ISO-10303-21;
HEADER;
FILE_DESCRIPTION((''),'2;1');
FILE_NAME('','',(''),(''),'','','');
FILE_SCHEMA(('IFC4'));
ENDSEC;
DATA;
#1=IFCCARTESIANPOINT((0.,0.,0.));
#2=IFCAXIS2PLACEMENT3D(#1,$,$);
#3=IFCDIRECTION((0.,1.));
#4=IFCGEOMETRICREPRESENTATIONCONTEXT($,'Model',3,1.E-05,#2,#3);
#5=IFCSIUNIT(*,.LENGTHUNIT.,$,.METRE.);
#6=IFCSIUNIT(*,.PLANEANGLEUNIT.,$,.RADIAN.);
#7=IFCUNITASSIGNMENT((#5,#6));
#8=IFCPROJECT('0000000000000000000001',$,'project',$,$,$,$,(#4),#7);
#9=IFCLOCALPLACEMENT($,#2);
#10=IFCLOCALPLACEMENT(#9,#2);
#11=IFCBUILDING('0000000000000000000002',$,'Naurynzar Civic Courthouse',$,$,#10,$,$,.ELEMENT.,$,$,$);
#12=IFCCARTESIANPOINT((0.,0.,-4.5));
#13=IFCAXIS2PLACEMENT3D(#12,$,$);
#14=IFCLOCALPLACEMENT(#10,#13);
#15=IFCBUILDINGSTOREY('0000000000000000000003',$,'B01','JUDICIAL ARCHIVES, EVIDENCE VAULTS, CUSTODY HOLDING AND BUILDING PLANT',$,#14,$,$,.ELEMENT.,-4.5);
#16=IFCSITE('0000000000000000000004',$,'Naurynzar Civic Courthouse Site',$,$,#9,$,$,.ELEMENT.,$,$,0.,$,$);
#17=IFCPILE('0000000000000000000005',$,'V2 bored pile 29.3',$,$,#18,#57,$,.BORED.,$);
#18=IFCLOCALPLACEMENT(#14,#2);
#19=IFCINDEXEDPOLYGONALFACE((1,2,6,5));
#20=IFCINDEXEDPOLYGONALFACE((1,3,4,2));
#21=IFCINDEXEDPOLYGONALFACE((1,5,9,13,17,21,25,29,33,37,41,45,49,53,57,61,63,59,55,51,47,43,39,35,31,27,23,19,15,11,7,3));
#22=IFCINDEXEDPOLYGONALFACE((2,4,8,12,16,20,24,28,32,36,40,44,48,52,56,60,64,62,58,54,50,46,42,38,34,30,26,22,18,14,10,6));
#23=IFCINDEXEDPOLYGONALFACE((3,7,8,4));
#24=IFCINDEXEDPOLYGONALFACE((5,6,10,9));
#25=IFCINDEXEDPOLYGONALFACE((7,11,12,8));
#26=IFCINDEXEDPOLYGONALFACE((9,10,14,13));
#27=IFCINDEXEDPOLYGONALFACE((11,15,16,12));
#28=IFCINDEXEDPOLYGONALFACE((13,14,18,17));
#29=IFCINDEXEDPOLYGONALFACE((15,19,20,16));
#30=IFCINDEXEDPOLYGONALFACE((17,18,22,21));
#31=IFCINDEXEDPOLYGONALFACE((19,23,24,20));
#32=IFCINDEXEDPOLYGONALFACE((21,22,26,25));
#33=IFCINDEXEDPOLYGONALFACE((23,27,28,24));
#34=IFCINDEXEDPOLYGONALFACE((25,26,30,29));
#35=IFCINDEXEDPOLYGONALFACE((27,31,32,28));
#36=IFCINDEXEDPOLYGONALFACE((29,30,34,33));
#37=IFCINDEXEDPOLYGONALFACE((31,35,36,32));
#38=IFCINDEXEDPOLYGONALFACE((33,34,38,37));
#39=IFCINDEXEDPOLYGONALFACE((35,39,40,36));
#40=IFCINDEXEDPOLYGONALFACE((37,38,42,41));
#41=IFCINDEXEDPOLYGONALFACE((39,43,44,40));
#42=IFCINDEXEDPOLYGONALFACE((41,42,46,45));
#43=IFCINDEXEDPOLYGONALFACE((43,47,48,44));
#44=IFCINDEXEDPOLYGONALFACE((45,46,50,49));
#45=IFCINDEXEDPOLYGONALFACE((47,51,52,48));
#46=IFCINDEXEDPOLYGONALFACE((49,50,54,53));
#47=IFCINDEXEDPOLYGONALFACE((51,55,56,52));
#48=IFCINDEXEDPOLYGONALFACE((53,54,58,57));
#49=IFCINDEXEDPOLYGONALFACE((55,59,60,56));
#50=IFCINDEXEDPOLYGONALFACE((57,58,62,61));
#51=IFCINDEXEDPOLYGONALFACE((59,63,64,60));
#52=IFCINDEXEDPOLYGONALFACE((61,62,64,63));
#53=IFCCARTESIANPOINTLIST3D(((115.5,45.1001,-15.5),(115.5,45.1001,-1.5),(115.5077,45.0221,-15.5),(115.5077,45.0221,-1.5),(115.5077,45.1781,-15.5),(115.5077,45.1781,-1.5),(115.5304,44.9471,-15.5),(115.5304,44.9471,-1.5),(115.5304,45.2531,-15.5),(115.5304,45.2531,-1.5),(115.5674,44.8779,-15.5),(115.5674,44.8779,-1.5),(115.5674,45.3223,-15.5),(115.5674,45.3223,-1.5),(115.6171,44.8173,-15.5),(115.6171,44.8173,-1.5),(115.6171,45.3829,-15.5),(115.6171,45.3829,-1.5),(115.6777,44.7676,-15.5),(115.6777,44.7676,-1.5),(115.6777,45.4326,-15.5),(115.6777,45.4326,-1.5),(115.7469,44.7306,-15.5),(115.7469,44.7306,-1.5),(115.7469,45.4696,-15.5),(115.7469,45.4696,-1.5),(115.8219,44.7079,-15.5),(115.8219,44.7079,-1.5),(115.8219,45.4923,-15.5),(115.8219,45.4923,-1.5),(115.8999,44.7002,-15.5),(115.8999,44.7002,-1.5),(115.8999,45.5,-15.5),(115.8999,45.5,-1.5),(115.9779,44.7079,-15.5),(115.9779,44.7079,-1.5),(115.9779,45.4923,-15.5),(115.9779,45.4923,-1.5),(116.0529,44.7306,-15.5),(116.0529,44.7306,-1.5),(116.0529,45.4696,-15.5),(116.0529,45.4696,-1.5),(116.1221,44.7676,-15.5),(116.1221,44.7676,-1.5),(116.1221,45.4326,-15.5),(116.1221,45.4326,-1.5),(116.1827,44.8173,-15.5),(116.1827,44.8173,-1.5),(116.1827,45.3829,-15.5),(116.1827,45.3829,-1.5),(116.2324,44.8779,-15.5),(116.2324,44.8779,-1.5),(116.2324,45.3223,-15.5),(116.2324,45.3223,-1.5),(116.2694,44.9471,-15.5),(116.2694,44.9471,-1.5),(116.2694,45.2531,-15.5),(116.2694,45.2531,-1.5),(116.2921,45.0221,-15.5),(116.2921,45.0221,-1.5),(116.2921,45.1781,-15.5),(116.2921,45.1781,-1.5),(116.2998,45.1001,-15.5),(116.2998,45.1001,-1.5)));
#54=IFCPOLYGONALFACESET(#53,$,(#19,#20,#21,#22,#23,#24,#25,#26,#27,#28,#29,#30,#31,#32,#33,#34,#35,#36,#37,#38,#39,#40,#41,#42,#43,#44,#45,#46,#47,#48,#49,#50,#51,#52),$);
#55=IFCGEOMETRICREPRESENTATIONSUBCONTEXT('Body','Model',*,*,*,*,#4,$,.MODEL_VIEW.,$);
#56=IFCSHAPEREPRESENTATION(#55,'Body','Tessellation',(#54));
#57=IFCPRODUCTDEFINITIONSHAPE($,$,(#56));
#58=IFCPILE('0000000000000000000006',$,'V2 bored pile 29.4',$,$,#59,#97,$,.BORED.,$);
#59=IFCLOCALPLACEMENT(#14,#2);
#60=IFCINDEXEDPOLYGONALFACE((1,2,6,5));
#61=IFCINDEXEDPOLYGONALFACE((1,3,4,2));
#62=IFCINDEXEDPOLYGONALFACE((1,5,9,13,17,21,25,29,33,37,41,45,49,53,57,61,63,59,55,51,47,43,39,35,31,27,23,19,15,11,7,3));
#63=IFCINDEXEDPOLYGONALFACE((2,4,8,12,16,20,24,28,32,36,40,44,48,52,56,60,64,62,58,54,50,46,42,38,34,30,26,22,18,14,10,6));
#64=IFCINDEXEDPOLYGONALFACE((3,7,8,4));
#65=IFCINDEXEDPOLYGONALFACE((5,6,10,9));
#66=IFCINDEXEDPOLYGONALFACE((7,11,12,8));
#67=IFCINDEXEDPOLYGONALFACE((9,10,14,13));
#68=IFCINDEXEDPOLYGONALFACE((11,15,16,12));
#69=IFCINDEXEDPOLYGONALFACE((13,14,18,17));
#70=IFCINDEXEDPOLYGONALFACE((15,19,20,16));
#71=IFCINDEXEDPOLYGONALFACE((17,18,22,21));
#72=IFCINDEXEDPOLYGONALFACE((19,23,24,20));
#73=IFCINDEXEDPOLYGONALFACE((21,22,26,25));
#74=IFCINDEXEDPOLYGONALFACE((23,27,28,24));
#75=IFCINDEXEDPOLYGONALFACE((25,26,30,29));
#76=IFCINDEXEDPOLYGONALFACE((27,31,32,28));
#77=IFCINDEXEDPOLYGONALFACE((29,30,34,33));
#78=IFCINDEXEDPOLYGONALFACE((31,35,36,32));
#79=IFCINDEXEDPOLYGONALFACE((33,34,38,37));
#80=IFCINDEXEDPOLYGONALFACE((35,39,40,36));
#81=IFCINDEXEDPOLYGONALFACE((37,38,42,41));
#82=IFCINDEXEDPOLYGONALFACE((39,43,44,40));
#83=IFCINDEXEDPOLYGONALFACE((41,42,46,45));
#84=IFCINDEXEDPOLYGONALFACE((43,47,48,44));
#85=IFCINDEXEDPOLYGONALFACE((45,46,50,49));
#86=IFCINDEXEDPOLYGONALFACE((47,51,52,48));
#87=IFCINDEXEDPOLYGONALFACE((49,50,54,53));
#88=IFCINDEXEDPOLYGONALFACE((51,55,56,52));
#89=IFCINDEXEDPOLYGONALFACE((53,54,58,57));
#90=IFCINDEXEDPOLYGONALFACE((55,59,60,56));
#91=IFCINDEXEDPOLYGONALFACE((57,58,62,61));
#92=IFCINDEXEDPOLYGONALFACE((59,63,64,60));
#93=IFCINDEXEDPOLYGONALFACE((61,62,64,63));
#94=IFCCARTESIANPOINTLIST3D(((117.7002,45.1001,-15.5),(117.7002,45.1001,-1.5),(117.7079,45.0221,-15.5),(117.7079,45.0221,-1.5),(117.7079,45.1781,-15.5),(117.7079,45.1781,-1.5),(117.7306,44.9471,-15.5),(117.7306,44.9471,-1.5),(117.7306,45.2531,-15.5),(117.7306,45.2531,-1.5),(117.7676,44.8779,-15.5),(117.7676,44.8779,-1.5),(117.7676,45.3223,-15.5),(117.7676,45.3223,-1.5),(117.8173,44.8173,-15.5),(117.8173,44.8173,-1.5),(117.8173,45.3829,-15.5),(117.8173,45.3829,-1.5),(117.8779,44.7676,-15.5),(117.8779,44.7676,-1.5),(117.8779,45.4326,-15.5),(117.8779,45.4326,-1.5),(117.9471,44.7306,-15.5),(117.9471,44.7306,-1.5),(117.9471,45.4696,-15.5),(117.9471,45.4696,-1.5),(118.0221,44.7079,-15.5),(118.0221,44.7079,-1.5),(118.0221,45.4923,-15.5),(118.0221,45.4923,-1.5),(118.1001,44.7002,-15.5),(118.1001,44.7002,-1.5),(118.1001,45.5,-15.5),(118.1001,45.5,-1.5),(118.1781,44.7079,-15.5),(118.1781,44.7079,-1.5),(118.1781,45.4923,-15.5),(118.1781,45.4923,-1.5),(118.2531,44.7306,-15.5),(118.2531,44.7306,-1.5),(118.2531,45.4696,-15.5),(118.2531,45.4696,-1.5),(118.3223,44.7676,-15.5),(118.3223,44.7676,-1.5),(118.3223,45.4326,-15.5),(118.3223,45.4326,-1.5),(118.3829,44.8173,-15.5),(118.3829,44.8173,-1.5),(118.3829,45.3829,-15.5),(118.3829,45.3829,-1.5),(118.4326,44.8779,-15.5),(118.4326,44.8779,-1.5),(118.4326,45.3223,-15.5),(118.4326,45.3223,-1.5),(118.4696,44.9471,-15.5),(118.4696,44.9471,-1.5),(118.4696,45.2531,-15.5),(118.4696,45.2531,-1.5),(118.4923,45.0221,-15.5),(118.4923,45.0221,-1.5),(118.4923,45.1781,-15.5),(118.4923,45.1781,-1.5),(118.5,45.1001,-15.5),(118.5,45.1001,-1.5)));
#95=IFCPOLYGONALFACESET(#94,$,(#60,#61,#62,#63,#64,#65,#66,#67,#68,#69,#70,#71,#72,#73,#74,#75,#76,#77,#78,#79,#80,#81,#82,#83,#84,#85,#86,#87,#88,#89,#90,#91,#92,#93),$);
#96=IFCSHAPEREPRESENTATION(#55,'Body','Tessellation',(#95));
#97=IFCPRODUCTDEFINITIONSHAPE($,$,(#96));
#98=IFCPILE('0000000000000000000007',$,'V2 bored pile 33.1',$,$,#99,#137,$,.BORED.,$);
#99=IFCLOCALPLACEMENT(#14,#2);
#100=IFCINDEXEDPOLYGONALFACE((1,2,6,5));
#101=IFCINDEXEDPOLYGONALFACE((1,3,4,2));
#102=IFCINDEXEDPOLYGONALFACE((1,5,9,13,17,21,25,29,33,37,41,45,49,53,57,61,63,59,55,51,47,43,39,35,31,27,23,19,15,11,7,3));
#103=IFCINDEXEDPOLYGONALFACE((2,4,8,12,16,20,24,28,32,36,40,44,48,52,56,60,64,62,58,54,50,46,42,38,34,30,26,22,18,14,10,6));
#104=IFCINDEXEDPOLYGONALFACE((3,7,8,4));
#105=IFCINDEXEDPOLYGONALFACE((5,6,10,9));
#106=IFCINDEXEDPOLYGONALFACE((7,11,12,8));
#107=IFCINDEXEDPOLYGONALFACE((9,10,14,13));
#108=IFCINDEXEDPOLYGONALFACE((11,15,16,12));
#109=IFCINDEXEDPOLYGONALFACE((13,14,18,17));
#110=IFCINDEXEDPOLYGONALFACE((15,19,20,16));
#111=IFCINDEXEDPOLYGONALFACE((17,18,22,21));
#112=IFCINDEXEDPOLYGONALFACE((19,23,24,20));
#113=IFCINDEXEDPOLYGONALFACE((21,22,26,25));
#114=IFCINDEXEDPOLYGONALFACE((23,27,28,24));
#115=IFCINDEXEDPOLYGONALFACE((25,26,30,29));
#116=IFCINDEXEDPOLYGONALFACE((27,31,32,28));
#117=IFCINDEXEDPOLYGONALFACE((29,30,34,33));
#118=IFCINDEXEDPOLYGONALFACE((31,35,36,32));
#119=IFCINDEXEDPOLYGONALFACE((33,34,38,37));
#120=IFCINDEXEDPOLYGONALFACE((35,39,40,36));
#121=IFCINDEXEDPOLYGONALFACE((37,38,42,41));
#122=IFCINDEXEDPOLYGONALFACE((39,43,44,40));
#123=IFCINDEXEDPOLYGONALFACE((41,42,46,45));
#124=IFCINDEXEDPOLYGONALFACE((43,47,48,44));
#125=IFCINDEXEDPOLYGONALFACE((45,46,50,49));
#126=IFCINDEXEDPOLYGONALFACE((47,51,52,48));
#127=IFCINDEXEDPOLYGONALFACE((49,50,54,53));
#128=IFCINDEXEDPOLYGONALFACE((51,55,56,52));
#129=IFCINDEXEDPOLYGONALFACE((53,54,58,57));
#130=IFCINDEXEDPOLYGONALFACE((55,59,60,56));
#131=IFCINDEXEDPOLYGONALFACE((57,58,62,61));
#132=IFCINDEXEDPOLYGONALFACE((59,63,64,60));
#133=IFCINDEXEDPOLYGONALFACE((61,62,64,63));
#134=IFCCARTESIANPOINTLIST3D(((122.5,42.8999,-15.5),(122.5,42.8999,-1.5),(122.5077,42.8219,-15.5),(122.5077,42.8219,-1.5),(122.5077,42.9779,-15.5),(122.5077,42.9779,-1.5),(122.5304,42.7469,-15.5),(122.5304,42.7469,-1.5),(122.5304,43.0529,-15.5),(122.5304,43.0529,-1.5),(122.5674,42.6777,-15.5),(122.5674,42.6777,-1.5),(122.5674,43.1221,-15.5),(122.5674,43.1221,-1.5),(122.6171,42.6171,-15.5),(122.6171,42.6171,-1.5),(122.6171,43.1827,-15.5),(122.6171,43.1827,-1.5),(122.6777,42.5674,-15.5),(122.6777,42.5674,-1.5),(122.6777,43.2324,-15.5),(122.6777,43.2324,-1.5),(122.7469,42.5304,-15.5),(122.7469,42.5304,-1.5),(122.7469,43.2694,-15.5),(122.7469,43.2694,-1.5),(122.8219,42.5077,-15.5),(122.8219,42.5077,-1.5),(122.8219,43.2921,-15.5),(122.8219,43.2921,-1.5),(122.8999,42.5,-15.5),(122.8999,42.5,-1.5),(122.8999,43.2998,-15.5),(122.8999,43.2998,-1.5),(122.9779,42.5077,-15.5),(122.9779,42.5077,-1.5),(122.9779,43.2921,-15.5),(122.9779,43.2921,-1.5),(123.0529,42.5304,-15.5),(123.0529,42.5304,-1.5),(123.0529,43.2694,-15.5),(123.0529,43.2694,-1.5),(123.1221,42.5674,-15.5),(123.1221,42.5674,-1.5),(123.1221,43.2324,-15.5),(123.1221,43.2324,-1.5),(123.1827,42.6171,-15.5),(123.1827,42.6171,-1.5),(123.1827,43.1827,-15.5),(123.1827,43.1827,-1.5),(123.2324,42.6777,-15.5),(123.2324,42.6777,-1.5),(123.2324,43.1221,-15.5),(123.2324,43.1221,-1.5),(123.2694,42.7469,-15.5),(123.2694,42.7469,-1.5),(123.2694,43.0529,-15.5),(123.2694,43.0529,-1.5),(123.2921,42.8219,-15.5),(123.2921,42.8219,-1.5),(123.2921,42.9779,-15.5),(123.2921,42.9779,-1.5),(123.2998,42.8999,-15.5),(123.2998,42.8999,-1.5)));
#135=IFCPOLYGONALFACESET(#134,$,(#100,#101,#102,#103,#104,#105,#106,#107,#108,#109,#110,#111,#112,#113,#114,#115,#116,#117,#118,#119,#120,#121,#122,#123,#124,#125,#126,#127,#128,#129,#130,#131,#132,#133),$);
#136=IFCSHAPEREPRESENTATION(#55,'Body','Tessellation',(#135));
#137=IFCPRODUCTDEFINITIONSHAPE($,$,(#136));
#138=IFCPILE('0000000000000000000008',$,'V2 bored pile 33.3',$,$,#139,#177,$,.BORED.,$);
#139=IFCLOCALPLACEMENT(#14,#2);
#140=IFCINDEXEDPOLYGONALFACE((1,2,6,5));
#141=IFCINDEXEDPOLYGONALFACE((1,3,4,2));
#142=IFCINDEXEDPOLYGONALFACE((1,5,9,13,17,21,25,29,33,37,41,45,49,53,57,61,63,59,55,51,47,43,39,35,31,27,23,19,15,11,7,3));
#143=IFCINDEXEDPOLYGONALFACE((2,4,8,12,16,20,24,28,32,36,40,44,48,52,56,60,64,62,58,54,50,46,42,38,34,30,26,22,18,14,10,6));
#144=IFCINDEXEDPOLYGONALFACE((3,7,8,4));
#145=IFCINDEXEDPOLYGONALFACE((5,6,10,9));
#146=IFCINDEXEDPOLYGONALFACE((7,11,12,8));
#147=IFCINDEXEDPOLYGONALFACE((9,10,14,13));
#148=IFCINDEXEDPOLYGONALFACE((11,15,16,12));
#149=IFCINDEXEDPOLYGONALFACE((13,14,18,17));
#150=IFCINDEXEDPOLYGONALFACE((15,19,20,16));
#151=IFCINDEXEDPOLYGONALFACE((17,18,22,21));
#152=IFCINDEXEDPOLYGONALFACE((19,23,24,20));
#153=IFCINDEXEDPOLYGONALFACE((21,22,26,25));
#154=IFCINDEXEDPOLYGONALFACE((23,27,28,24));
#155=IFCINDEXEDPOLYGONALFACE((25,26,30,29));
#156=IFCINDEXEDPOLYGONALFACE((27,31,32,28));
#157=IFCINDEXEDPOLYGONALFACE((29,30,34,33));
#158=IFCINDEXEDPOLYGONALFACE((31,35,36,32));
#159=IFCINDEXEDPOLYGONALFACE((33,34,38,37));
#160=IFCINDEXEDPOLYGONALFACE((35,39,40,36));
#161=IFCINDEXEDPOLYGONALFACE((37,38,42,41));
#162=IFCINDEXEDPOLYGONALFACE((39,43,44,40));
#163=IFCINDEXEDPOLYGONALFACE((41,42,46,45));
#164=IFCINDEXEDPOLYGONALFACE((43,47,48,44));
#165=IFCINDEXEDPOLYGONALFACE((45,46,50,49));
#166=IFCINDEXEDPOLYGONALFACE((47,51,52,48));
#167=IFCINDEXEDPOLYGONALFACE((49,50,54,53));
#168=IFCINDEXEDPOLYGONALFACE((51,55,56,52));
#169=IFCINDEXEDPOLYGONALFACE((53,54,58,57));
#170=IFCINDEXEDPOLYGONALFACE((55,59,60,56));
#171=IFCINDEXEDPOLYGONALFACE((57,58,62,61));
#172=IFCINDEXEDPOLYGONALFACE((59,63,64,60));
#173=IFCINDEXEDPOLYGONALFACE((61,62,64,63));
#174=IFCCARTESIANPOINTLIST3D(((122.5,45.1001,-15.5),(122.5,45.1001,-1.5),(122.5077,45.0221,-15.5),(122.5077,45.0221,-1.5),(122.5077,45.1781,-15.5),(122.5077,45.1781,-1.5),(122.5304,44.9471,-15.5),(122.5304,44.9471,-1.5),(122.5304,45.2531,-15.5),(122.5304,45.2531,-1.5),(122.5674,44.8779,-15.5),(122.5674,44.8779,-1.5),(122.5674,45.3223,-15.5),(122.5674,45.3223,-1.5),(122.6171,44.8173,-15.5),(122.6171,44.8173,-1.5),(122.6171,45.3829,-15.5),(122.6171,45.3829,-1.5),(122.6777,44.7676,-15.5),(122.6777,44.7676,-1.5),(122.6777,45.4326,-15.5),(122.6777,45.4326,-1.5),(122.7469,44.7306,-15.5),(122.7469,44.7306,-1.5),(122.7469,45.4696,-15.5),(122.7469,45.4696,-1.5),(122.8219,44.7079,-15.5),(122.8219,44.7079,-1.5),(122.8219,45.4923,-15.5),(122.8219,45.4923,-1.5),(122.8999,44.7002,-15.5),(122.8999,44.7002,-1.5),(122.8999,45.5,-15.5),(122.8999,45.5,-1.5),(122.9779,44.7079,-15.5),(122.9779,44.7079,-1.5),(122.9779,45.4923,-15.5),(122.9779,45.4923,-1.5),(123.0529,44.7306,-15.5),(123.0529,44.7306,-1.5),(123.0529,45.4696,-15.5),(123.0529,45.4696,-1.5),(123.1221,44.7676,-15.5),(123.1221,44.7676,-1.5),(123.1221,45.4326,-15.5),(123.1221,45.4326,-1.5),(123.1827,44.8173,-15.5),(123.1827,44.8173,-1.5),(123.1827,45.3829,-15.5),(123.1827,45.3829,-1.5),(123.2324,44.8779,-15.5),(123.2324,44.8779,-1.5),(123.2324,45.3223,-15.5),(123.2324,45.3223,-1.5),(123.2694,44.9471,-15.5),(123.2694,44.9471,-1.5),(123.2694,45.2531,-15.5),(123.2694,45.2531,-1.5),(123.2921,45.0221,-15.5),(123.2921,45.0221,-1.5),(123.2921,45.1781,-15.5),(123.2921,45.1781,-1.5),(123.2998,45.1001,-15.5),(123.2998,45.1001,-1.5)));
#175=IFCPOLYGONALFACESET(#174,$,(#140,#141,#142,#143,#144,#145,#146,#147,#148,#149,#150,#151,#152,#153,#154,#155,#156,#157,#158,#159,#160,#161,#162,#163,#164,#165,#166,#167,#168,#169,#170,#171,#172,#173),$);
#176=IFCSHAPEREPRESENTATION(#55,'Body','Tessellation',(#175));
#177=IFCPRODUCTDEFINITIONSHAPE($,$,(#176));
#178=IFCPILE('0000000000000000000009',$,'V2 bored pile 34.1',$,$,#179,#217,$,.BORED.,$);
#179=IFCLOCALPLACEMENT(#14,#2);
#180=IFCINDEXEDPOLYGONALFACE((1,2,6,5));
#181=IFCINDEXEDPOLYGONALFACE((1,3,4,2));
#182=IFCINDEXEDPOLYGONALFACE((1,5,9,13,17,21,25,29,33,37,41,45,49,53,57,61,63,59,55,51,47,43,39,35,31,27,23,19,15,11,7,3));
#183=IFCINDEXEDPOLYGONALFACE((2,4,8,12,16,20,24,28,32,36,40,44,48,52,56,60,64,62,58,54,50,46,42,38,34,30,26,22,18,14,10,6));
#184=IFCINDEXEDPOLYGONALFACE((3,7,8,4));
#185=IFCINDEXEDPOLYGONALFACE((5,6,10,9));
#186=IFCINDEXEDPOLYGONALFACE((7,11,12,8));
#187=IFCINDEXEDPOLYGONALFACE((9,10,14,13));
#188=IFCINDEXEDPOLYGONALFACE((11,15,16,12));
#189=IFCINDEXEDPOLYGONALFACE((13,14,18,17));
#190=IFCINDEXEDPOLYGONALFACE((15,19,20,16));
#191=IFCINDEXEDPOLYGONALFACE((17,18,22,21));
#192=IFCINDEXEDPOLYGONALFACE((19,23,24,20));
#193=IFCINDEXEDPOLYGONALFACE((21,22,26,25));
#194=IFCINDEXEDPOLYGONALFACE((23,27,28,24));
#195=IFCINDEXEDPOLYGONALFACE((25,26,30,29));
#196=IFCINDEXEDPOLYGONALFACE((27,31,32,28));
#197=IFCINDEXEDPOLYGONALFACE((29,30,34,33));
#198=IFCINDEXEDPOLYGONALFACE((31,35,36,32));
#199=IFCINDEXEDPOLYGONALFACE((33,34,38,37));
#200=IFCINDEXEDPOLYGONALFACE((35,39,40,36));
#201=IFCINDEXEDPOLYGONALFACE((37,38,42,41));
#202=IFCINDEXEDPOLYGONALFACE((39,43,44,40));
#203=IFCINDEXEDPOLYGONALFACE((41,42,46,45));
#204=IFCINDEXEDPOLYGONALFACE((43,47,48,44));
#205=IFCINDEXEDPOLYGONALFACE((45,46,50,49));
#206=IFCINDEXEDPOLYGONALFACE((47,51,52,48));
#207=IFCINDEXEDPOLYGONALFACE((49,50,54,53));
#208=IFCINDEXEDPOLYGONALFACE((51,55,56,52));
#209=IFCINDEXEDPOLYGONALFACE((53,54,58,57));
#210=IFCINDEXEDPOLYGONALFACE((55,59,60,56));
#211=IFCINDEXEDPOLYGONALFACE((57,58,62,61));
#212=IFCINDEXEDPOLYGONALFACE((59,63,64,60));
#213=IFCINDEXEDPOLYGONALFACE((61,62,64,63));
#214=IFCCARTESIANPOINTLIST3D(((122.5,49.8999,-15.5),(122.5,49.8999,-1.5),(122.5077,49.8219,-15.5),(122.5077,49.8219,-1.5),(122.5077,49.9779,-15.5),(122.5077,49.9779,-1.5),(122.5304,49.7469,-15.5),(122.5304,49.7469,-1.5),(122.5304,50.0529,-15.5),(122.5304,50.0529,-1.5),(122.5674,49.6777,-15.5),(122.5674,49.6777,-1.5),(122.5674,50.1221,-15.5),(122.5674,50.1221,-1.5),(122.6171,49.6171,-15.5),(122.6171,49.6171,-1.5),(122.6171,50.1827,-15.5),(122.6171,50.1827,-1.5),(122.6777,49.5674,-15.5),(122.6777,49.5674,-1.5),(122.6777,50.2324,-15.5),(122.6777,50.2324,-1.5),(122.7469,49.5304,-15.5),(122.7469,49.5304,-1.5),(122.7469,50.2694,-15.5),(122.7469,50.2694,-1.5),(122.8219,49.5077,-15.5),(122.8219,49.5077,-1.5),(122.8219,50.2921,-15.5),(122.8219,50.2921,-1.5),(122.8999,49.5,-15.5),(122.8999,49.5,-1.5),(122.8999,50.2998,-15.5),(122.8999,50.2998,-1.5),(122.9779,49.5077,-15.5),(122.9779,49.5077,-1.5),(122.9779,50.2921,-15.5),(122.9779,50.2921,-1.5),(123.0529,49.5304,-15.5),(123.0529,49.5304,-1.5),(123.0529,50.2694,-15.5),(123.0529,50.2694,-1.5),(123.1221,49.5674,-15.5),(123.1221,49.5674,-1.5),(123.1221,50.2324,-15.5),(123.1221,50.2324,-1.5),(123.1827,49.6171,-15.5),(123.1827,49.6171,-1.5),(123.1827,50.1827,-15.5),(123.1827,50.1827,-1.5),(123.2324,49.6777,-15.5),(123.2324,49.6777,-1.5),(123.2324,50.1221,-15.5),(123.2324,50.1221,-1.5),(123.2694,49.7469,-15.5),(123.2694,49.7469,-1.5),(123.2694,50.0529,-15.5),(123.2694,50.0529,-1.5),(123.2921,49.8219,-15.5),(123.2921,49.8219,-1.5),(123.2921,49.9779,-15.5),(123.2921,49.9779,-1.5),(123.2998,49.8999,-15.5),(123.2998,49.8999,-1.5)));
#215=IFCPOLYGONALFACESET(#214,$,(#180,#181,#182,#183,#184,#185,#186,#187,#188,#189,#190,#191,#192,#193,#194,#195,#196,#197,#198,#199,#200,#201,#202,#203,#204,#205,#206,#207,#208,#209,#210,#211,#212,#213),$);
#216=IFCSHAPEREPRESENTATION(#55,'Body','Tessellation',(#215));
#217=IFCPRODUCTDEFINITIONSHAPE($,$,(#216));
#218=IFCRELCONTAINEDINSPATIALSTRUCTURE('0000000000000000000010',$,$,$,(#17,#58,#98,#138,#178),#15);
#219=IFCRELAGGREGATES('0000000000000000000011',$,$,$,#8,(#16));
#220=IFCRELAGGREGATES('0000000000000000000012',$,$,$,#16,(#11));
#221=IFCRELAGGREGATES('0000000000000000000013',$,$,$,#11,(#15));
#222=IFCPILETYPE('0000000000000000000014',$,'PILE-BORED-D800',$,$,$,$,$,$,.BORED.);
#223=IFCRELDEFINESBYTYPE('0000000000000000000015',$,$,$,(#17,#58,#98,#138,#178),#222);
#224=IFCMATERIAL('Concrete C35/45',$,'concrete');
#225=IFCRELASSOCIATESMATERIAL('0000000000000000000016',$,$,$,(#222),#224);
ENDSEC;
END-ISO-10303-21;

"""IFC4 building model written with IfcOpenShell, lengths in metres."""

from ifc_helpers import new_model, si_unit, direction, frame, origin, origin_2d, place, context, subcontext, project, spatial, circle, extrude, material, material_profile, profile_set, type_object, element, save


model = new_model("IFC4")

# Units and contexts
model_context = context("Model", 3, precision=1e-05, world=origin(), true_north=direction((0.0, 1.0)))
body_context = subcontext(model_context, "Body", "Model", "MODEL_VIEW")
ifc_project = project(units=[si_unit("LENGTHUNIT", "METRE"), si_unit("PLANEANGLEUNIT", "RADIAN")], contexts=[model_context])

# Site, building, storey
site_placement = place(None, origin())
site = spatial("IfcSite", under=ifc_project, at=site_placement, Name="Naurynzar Civic Courthouse Site", CompositionType="ELEMENT", RefElevation=0.0)
building_placement = place(site_placement, origin())
building = spatial("IfcBuilding", under=site, at=building_placement, Name="Naurynzar Civic Courthouse", CompositionType="ELEMENT")
storey_placement = place(building_placement, frame((0.0, 0.0, -4.5)))
storey = spatial("IfcBuildingStorey", under=building, at=storey_placement, Name="B01", Description="JUDICIAL ARCHIVES, EVIDENCE VAULTS, CUSTODY HOLDING AND BUILDING PLANT", CompositionType="ELEMENT", Elevation=-4.5)

# Piles
ifc_material_1 = material(Name="Concrete C35/45", Category="concrete")
ifc_material_profile_1 = material_profile(ifc_material_1, circle(Radius=0.3999, at=origin_2d()), Name="PILE D800")
ifc_profile_set_1 = profile_set([ifc_material_profile_1], Name="Concrete C35/45")
pile_type_1 = type_object("IfcPileType", Name="PILE-BORED-D800", PredefinedType="BORED", material=ifc_profile_set_1)
for number, where, z_axis, x_axis, name in (
    (1, (115.8999, 45.1001, -1.5), (0.0, 0.0, -1.0), (1.0, 0.0, 0.0), "V2 bored pile 29.3"),
    (2, (118.1001, 45.1001, -1.5), (0.0, 0.0, -1.0), (1.0, 0.0, 0.0), "V2 bored pile 29.4"),
    (3, (122.8999, 42.8999, -1.5), (0.0, 0.0, -1.0), (1.0, 0.0, 0.0), "V2 bored pile 33.1"),
    (4, (122.8999, 45.1001, -1.5), (0.0, 0.0, -1.0), (1.0, 0.0, 0.0), "V2 bored pile 33.3"),
    (5, (122.8999, 49.8999, -1.5), (0.0, 0.0, -1.0), (1.0, 0.0, 0.0), "V2 bored pile 34.1"),
):
    element("IfcPile", number, at=place(storey_placement, frame(where, z_axis=z_axis, x_axis=x_axis)), inside=storey, type_object=pile_type_1, Name=name, PredefinedType="BORED", context=body_context, shape_type="SweptSolid", body=[
        extrude(circle(Radius=0.3999, at=origin_2d()), origin(), (0.0, 0.0, 1.0), 14.0),
    ])

save(model, "model.ifc")
